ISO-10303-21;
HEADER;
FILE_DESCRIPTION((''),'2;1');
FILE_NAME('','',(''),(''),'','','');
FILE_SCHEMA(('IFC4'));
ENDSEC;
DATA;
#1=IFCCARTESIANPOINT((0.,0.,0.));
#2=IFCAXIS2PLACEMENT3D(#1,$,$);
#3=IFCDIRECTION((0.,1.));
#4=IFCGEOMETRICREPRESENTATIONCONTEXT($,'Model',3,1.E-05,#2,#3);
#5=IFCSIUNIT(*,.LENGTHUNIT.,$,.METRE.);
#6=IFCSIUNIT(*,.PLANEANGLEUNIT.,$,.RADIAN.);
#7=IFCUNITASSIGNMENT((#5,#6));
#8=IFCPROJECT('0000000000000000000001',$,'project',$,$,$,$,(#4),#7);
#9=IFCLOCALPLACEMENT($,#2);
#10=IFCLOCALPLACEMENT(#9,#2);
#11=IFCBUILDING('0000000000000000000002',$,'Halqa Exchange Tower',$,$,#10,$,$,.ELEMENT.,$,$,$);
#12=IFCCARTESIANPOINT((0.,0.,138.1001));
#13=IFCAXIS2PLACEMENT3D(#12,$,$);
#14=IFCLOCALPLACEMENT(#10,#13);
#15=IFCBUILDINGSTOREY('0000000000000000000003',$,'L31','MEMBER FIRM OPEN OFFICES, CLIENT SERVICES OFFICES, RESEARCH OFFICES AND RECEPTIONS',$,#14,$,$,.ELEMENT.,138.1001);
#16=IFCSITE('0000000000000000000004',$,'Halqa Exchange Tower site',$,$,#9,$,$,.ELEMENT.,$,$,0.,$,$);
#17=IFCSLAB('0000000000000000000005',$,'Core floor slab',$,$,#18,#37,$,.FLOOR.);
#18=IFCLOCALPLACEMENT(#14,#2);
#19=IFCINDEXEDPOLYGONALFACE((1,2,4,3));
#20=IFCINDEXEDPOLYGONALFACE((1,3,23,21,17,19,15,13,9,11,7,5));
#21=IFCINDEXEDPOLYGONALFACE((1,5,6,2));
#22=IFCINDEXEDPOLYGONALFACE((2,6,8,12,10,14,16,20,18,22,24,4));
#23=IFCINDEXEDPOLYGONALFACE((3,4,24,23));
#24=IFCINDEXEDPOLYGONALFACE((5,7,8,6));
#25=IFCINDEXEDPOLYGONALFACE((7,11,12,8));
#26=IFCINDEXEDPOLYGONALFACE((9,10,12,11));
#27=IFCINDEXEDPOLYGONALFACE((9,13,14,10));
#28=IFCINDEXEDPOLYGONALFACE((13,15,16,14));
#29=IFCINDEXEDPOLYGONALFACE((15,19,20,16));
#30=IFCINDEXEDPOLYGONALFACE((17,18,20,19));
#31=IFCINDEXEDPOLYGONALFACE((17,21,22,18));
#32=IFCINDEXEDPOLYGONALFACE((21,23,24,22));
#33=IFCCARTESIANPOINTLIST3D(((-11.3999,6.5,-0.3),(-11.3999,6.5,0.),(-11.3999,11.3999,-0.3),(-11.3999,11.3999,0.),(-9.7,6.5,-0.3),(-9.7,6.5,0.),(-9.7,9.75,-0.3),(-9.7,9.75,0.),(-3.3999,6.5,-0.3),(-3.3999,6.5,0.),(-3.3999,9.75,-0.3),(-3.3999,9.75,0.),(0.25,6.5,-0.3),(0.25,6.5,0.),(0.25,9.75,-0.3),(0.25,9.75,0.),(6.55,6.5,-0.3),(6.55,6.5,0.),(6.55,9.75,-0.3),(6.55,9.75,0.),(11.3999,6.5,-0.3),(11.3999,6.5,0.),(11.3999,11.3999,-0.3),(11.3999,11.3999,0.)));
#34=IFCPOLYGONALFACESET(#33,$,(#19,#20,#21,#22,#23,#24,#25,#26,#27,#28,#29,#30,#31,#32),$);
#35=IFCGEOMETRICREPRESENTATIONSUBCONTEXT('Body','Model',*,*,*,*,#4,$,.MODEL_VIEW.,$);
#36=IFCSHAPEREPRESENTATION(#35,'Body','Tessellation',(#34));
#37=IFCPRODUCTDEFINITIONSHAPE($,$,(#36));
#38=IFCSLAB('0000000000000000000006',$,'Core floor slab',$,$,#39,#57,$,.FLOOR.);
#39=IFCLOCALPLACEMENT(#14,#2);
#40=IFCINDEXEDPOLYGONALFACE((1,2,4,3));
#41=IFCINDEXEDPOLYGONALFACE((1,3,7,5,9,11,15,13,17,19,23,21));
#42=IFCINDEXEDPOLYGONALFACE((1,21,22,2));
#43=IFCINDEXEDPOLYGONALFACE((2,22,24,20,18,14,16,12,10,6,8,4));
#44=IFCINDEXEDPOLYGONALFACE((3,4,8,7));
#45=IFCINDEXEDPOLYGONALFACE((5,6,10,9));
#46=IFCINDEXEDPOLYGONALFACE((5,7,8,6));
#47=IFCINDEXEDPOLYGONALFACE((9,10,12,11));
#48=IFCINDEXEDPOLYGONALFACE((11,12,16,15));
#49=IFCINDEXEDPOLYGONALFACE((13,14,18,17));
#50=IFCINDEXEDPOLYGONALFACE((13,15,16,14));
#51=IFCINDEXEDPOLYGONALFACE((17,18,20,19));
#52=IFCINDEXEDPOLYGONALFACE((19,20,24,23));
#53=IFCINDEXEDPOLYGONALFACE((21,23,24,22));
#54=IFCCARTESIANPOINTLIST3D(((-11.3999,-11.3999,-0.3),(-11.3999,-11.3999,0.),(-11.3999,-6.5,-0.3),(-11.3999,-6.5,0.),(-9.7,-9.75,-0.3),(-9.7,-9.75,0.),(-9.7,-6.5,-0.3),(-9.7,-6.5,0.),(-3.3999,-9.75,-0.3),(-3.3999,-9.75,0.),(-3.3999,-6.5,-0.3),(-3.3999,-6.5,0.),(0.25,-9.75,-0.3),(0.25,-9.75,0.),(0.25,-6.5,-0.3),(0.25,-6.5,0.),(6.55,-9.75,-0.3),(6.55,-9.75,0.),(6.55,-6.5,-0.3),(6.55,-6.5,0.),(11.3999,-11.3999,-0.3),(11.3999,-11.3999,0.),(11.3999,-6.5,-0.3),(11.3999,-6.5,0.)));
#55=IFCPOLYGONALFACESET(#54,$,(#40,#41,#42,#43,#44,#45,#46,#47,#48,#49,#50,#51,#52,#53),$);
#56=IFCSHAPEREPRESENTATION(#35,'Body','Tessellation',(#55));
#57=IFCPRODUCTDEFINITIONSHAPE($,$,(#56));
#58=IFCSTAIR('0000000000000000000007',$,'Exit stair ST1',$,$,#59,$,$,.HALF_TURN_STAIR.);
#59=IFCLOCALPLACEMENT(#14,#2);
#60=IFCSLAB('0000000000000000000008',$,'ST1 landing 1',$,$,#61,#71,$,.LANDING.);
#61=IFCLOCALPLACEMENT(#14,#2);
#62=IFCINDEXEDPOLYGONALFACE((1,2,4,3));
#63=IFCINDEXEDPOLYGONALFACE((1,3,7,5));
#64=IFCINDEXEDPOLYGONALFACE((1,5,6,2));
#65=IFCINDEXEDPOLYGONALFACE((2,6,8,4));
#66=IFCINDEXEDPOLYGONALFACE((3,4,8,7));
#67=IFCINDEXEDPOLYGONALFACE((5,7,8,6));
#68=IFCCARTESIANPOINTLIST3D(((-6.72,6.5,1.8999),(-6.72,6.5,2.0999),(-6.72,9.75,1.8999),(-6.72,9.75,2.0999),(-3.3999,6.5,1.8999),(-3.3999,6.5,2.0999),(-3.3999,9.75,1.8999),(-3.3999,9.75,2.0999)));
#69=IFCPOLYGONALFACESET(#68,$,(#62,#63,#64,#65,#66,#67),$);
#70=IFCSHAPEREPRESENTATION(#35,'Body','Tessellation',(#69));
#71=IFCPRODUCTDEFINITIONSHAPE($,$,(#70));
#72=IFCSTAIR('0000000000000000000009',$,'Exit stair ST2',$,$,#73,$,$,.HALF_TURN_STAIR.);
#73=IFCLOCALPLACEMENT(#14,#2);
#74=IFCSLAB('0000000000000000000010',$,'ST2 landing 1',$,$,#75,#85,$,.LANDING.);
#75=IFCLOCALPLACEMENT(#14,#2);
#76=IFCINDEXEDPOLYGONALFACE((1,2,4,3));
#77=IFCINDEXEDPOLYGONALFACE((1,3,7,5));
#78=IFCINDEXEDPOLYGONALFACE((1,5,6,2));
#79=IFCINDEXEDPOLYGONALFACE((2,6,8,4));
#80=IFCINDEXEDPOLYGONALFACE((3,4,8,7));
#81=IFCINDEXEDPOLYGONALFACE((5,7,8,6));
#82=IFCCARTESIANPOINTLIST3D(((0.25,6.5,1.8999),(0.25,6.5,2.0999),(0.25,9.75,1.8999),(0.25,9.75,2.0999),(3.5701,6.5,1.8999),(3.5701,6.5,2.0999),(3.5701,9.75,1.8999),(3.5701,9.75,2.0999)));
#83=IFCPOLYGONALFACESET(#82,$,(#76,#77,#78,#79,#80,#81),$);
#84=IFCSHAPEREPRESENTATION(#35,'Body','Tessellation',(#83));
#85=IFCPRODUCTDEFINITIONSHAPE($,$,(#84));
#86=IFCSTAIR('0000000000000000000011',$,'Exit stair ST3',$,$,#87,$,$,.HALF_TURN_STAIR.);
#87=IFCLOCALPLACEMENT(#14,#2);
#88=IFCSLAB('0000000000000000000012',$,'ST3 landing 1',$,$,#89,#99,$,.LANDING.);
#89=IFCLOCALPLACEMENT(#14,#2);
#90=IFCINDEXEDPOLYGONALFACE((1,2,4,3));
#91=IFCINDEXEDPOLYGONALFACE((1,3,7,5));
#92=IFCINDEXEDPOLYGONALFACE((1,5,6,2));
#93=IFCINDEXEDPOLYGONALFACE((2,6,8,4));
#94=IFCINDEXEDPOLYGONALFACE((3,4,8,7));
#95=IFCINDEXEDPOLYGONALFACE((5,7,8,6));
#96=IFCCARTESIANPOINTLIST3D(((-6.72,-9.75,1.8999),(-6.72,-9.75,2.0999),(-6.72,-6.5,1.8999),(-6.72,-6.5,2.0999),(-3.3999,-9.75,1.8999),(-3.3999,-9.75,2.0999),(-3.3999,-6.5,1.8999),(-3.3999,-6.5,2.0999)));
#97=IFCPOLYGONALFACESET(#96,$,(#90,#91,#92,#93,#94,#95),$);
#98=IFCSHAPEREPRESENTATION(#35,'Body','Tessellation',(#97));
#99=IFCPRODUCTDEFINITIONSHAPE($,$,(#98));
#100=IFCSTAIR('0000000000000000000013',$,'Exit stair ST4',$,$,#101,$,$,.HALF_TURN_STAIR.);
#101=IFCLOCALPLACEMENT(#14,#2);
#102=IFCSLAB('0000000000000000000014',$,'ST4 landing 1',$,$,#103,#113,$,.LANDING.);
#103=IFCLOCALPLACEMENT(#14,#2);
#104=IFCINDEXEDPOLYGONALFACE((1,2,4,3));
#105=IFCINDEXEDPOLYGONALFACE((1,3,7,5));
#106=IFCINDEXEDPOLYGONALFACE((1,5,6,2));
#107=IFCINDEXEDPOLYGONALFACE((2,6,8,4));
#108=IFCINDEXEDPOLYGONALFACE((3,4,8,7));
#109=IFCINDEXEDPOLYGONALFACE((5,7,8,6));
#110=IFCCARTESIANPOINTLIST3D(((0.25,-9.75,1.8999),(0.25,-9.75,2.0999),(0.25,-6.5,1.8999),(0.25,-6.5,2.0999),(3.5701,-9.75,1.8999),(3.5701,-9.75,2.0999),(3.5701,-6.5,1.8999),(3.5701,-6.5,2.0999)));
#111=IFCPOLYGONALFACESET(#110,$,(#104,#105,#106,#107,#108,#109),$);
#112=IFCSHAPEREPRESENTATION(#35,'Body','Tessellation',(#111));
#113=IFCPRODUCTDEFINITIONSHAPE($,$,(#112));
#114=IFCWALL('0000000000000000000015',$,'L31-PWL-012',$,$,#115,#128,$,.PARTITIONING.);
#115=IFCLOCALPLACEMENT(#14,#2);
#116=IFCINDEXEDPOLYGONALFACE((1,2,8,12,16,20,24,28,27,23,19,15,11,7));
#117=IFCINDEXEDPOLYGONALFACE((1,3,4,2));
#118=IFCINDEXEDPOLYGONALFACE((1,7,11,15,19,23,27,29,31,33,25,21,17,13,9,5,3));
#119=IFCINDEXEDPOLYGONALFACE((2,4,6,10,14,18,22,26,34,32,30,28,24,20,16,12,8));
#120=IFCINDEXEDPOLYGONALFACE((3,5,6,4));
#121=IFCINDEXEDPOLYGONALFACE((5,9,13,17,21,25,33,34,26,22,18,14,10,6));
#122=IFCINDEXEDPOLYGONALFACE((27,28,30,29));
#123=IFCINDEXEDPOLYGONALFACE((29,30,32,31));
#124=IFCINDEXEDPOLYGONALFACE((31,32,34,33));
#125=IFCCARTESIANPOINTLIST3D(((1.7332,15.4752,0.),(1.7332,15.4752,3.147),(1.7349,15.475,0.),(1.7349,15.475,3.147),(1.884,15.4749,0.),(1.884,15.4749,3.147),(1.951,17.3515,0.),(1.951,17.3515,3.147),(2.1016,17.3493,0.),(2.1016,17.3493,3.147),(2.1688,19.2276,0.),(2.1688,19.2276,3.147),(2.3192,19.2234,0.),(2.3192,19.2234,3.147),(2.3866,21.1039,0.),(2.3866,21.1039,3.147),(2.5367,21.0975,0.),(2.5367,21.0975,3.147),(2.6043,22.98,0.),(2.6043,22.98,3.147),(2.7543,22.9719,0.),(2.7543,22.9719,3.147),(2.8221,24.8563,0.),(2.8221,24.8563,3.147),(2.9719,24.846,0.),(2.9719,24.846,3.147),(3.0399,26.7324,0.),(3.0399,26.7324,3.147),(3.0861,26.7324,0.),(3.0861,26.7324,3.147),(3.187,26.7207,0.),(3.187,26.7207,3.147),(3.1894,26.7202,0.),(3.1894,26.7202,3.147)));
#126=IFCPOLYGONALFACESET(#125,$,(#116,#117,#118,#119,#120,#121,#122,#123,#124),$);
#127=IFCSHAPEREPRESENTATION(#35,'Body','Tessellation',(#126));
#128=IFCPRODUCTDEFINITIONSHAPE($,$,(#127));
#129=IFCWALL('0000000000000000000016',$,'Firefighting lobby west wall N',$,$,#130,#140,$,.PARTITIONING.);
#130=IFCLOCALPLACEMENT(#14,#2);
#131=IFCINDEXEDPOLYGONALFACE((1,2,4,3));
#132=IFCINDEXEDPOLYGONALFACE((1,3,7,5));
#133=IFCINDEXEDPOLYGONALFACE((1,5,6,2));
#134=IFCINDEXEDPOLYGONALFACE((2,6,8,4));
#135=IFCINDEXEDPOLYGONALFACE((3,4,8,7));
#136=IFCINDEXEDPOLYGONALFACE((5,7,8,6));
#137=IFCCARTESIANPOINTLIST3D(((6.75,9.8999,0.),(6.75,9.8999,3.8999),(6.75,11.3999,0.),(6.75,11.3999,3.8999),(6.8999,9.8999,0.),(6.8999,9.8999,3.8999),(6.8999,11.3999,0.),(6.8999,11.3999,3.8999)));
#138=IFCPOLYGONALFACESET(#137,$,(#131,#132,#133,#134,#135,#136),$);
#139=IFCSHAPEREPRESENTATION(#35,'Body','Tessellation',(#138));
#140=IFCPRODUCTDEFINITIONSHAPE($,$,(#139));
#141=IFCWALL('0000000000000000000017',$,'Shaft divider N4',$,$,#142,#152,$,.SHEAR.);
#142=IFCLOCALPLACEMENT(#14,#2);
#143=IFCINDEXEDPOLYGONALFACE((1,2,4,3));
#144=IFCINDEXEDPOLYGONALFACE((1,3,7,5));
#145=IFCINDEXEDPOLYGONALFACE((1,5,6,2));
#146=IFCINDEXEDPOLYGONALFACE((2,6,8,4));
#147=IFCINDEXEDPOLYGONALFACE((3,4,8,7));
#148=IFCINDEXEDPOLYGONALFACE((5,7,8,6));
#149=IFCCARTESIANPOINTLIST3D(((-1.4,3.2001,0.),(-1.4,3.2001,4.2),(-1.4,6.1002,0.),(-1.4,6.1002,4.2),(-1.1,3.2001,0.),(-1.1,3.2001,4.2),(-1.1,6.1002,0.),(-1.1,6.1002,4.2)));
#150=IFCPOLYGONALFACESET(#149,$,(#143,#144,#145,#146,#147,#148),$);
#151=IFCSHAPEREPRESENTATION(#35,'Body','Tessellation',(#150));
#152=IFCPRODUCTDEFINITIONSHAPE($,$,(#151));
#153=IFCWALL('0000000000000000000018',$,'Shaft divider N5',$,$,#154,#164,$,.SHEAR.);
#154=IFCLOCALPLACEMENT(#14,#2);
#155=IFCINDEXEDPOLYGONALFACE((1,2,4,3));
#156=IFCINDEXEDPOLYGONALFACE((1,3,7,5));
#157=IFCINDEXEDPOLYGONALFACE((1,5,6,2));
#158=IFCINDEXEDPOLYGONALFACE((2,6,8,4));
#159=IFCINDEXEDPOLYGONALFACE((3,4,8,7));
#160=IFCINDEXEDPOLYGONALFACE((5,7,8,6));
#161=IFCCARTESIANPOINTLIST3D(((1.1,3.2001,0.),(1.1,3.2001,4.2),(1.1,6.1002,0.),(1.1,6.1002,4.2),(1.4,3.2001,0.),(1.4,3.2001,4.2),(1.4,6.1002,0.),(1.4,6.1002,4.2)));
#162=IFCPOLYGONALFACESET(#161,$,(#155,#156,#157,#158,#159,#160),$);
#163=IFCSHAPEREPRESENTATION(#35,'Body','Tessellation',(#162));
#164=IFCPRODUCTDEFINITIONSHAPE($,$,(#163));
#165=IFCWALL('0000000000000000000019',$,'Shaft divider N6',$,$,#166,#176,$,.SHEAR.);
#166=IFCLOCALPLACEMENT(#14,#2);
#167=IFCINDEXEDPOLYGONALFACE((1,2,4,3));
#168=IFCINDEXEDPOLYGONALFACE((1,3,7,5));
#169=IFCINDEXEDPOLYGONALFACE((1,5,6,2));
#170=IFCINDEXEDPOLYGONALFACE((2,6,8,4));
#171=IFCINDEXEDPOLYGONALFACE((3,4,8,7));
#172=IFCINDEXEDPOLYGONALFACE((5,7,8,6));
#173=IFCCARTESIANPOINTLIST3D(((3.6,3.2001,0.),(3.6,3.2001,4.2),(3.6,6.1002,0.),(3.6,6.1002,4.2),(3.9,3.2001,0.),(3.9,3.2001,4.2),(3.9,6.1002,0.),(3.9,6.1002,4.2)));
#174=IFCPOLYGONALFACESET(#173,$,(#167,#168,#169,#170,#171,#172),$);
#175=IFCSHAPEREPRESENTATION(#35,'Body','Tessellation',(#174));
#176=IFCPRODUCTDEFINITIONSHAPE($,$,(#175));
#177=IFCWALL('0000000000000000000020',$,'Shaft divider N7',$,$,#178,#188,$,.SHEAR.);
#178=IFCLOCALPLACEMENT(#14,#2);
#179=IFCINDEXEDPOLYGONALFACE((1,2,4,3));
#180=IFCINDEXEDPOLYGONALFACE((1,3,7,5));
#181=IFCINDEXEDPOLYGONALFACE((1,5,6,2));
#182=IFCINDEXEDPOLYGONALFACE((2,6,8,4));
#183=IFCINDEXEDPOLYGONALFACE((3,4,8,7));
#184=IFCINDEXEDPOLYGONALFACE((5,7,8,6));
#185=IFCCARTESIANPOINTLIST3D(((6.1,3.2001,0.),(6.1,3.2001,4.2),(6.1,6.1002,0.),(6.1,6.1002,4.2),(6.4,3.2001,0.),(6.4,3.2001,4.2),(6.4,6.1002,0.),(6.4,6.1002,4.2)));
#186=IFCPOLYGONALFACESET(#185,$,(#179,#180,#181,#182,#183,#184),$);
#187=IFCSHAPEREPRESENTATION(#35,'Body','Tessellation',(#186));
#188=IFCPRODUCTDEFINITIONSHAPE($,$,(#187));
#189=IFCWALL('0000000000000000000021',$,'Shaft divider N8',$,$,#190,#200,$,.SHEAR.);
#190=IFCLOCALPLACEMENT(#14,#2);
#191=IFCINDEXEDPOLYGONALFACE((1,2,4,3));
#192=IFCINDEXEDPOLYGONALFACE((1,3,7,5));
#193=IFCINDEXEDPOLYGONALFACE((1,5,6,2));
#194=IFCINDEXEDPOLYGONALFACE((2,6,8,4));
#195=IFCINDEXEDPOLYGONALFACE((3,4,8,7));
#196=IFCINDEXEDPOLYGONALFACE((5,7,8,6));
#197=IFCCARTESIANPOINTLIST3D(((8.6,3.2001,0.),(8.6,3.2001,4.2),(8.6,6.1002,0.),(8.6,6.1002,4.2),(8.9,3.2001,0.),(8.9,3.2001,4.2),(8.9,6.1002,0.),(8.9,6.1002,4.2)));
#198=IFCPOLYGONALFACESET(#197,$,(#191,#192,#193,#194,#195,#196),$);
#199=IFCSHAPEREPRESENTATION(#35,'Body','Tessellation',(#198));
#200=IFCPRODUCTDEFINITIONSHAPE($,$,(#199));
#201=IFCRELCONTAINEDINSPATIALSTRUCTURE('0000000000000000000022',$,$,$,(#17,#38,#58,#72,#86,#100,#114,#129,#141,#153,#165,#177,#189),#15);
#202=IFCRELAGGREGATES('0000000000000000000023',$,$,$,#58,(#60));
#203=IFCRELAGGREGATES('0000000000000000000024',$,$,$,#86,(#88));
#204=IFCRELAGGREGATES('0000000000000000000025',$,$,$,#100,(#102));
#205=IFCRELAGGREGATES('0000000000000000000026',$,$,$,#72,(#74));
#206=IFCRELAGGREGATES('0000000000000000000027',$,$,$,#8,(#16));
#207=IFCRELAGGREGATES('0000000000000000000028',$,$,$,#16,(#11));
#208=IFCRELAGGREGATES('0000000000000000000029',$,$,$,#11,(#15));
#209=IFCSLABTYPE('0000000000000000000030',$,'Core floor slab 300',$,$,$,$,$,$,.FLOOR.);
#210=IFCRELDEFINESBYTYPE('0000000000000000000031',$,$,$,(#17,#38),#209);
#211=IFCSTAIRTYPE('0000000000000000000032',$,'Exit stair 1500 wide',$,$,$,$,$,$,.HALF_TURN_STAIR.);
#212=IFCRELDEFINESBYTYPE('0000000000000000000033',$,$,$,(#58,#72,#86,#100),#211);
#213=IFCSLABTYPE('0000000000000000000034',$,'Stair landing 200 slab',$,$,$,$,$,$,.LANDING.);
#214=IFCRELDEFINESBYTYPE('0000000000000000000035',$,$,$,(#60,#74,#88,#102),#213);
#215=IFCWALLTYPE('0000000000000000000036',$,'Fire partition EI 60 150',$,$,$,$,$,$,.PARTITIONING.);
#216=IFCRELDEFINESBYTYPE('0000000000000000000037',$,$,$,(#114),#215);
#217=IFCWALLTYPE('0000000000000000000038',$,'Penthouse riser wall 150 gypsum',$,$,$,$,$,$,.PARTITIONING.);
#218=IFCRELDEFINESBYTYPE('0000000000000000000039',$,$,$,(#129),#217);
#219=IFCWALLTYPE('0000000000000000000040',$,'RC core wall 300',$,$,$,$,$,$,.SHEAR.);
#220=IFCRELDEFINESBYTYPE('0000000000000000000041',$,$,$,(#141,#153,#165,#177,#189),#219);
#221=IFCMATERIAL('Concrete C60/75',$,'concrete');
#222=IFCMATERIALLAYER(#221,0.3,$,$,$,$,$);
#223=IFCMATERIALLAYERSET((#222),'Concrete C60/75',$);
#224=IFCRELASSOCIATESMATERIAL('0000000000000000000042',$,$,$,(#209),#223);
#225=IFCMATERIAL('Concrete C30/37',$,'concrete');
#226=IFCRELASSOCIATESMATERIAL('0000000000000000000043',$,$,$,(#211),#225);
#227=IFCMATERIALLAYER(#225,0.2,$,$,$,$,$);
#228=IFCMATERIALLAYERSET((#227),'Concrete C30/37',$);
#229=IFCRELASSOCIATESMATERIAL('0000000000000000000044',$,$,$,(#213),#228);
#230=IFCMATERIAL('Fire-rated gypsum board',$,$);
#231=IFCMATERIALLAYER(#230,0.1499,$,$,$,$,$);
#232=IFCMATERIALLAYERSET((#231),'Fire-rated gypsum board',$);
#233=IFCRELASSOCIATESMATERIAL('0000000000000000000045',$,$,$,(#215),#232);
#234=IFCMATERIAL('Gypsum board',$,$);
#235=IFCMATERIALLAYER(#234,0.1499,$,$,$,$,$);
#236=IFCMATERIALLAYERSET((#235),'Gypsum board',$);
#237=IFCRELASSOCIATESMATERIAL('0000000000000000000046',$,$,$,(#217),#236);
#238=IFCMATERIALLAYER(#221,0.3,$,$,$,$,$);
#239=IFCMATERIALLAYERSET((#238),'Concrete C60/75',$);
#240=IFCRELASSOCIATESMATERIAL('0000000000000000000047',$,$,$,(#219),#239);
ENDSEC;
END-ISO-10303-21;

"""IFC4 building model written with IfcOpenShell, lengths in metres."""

from ifc_helpers import new_model, si_unit, direction, frame, frame_2d, origin, place, context, subcontext, project, spatial, polyline, rectangle, outline, extrude, material, layer, layer_set, type_object, element, aggregate, save


model = new_model("IFC4")

# Units and contexts
model_context = context("Model", 3, precision=1e-05, world=origin(), true_north=direction((0.0, 1.0)))
body_context = subcontext(model_context, "Body", "Model", "MODEL_VIEW")
ifc_project = project(units=[si_unit("LENGTHUNIT", "METRE"), si_unit("PLANEANGLEUNIT", "RADIAN")], contexts=[model_context])

# Site, building, storey
site_placement = place(None, origin())
site = spatial("IfcSite", under=ifc_project, at=site_placement, Name="Halqa Exchange Tower site", CompositionType="ELEMENT", RefElevation=0.0)
building_placement = place(site_placement, origin())
building = spatial("IfcBuilding", under=site, at=building_placement, Name="Halqa Exchange Tower", CompositionType="ELEMENT")
storey_placement = place(building_placement, frame((0.0, 0.0, 138.1001)))
storey = spatial("IfcBuildingStorey", under=building, at=storey_placement, Name="L31", Description="MEMBER FIRM OPEN OFFICES, CLIENT SERVICES OFFICES, RESEARCH OFFICES AND RECEPTIONS", CompositionType="ELEMENT", Elevation=138.1001)

# Shared definitions
ifc_material_1 = material(Name="Concrete C60/75", Category="concrete")

# Slabs
ifc_layer_1 = layer(ifc_material_1, 0.3)
ifc_layer_set_1 = layer_set([ifc_layer_1], Name="Concrete C60/75")
slab_type_1 = type_object("IfcSlabType", Name="Core floor slab 300", PredefinedType="FLOOR", material=ifc_layer_set_1)
slab_1_placement = place(storey_placement, frame((0.0, 0.0, -0.3)))
element("IfcSlab", 1, at=slab_1_placement, inside=storey, type_object=slab_type_1, Name="Core floor slab", PredefinedType="FLOOR", context=body_context, shape_type="SweptSolid", body=[
    extrude(outline(polyline([(-11.3999, 11.3999), (11.3999, 11.3999), (11.3999, 6.5), (6.55, 6.5), (6.55, 9.75), (0.25, 9.75), (0.25, 6.5), (-3.3999, 6.5), (-3.3999, 9.75), (-9.7, 9.75), (-9.7, 6.5), (-11.3999, 6.5), (-11.3999, 11.3999)])), origin(), (0.0, 0.0, 1.0), 0.3),
])
slab_2_placement = place(storey_placement, frame((0.0, 0.0, -0.3)))
element("IfcSlab", 2, at=slab_2_placement, inside=storey, type_object=slab_type_1, Name="Core floor slab", PredefinedType="FLOOR", context=body_context, shape_type="SweptSolid", body=[
    extrude(outline(polyline([(-9.7, -9.75), (-3.3999, -9.75), (-3.3999, -6.5), (0.25, -6.5), (0.25, -9.75), (6.55, -9.75), (6.55, -6.5), (11.3999, -6.5), (11.3999, -11.3999), (-11.3999, -11.3999), (-11.3999, -6.5), (-9.7, -6.5), (-9.7, -9.75)])), origin(), (0.0, 0.0, 1.0), 0.3),
])

# Stairs, slabs
ifc_material_2 = material(Name="Concrete C30/37", Category="concrete")
stair_type = type_object("IfcStairType", Name="Exit stair 1500 wide", PredefinedType="HALF_TURN_STAIR", material=ifc_material_2)
stair_1_placement = place(storey_placement, origin())
stair_1 = element("IfcStair", 3, at=stair_1_placement, inside=storey, type_object=stair_type, Name="Exit stair ST1", PredefinedType="HALF_TURN_STAIR")
ifc_layer_2 = layer(ifc_material_2, 0.2)
ifc_layer_set_2 = layer_set([ifc_layer_2], Name="Concrete C30/37")
slab_type_2 = type_object("IfcSlabType", Name="Stair landing 200 slab", PredefinedType="LANDING", material=ifc_layer_set_2)
slab_3_placement = place(storey_placement, frame((0.0, 0.0, 1.8999)))
slab_3 = element("IfcSlab", 4, at=slab_3_placement, type_object=slab_type_2, Name="ST1 landing 1", PredefinedType="LANDING", context=body_context, shape_type="SweptSolid", body=[
    extrude(outline(polyline([(-6.72, 6.5), (-3.3999, 6.5), (-3.3999, 9.75), (-6.72, 9.75), (-6.72, 6.5)])), origin(), (0.0, 0.0, 1.0), 0.2),
])
aggregate(stair_1, [slab_3])
stair_2_placement = place(storey_placement, origin())
stair_2 = element("IfcStair", 5, at=stair_2_placement, inside=storey, type_object=stair_type, Name="Exit stair ST2", PredefinedType="HALF_TURN_STAIR")
slab_4_placement = place(storey_placement, frame((0.0, 0.0, 1.8999)))
slab_4 = element("IfcSlab", 6, at=slab_4_placement, type_object=slab_type_2, Name="ST2 landing 1", PredefinedType="LANDING", context=body_context, shape_type="SweptSolid", body=[
    extrude(outline(polyline([(0.25, 6.5), (3.5701, 6.5), (3.5701, 9.75), (0.25, 9.75), (0.25, 6.5)])), origin(), (0.0, 0.0, 1.0), 0.2),
])
stair_3_placement = place(storey_placement, origin())
stair_3 = element("IfcStair", 7, at=stair_3_placement, inside=storey, type_object=stair_type, Name="Exit stair ST3", PredefinedType="HALF_TURN_STAIR")
slab_5_placement = place(storey_placement, frame((0.0, 0.0, 1.8999)))
slab_5 = element("IfcSlab", 8, at=slab_5_placement, type_object=slab_type_2, Name="ST3 landing 1", PredefinedType="LANDING", context=body_context, shape_type="SweptSolid", body=[
    extrude(outline(polyline([(-6.72, -9.75), (-3.3999, -9.75), (-3.3999, -6.5), (-6.72, -6.5), (-6.72, -9.75)])), origin(), (0.0, 0.0, 1.0), 0.2),
])
aggregate(stair_3, [slab_5])
stair_4_placement = place(storey_placement, origin())
stair_4 = element("IfcStair", 9, at=stair_4_placement, inside=storey, type_object=stair_type, Name="Exit stair ST4", PredefinedType="HALF_TURN_STAIR")
slab_6_placement = place(storey_placement, frame((0.0, 0.0, 1.8999)))
slab_6 = element("IfcSlab", 10, at=slab_6_placement, type_object=slab_type_2, Name="ST4 landing 1", PredefinedType="LANDING", context=body_context, shape_type="SweptSolid", body=[
    extrude(outline(polyline([(0.25, -9.75), (3.5701, -9.75), (3.5701, -6.5), (0.25, -6.5), (0.25, -9.75)])), origin(), (0.0, 0.0, 1.0), 0.2),
])
aggregate(stair_4, [slab_6])

# Walls
ifc_material_3 = material(Name="Fire-rated gypsum board")
ifc_layer_3 = layer(ifc_material_3, 0.1499)
ifc_layer_set_3 = layer_set([ifc_layer_3], Name="Fire-rated gypsum board")
wall_type_1 = type_object("IfcWallType", Name="Fire partition EI 60 150", PredefinedType="PARTITIONING", material=ifc_layer_set_3)
wall_1_placement = place(storey_placement, frame((1.8076, 15.4666, 0.0), z_axis=(0.0, 0.0, 1.0), x_axis=(0.115308, 0.99333, 0.0)))
element("IfcWall", 11, at=wall_1_placement, inside=storey, type_object=wall_type_1, Name="L31-PWL-012", PredefinedType="PARTITIONING", context=body_context, shape_type="SweptSolid", body=[
    extrude(outline(polyline([(0.0171, -0.075), (1.9041, -0.075), (3.7908, -0.075), (5.6775, -0.075), (7.5645, -0.075), (9.4512, -0.075), (11.3379, -0.075), (11.3381, -0.0725), (11.3381, 0.0291), (11.3328, 0.075), (9.4441, 0.075), (7.5552, 0.075), (5.6665, 0.075), (3.7776, 0.075), (1.8889, 0.075), (0.0, 0.075), (0.0, 0.0732), (0.0171, -0.075)])), origin(), (0.0, 0.0, 1.0), 3.147),
])
ifc_material_4 = material(Name="Gypsum board")
ifc_layer_4 = layer(ifc_material_4, 0.1499)
ifc_layer_set_4 = layer_set([ifc_layer_4], Name="Gypsum board")
wall_type_2 = type_object("IfcWallType", Name="Penthouse riser wall 150 gypsum", PredefinedType="PARTITIONING", material=ifc_layer_set_4)
wall_2_placement = place(storey_placement, frame((6.825, 9.8999, 0.0), z_axis=(0.0, 0.0, 1.0), x_axis=(0.0, 1.0, 0.0)))
element("IfcWall", 12, at=wall_2_placement, inside=storey, type_object=wall_type_2, Name="Firefighting lobby west wall N", PredefinedType="PARTITIONING", context=body_context, shape_type="SweptSolid", body=[
    extrude(rectangle(XDim=1.5, YDim=0.1499, at=frame_2d((0.75, 0.0))), origin(), (0.0, 0.0, 1.0), 3.8999),
])
ifc_layer_5 = layer(ifc_material_1, 0.3)
ifc_layer_set_5 = layer_set([ifc_layer_5], Name="Concrete C60/75")
wall_type_3 = type_object("IfcWallType", Name="RC core wall 300", PredefinedType="SHEAR", material=ifc_layer_set_5)
for number, where, z_axis, x_axis, name in (
    (13, (-1.25, 3.2, 0.0), (0.0, 0.0, 1.0), (0.0, 1.0, 0.0), "Shaft divider N4"),
    (14, (1.25, 3.2, 0.0), (0.0, 0.0, 1.0), (0.0, 1.0, 0.0), "Shaft divider N5"),
    (15, (3.75, 3.2, 0.0), (0.0, 0.0, 1.0), (0.0, 1.0, 0.0), "Shaft divider N6"),
    (16, (6.25, 3.2, 0.0), (0.0, 0.0, 1.0), (0.0, 1.0, 0.0), "Shaft divider N7"),
    (17, (8.75, 3.2, 0.0), (0.0, 0.0, 1.0), (0.0, 1.0, 0.0), "Shaft divider N8"),
):
    element("IfcWall", number, at=place(storey_placement, frame(where, z_axis=z_axis, x_axis=x_axis)), inside=storey, type_object=wall_type_3, Name=name, PredefinedType="SHEAR", context=body_context, shape_type="SweptSolid", body=[
        extrude(rectangle(XDim=2.9001, YDim=0.3, at=frame_2d((1.4502, 0.0))), origin(), (0.0, 0.0, 1.0), 4.2),
    ])

aggregate(stair_2, [slab_4])

save(model, "model.ifc")
